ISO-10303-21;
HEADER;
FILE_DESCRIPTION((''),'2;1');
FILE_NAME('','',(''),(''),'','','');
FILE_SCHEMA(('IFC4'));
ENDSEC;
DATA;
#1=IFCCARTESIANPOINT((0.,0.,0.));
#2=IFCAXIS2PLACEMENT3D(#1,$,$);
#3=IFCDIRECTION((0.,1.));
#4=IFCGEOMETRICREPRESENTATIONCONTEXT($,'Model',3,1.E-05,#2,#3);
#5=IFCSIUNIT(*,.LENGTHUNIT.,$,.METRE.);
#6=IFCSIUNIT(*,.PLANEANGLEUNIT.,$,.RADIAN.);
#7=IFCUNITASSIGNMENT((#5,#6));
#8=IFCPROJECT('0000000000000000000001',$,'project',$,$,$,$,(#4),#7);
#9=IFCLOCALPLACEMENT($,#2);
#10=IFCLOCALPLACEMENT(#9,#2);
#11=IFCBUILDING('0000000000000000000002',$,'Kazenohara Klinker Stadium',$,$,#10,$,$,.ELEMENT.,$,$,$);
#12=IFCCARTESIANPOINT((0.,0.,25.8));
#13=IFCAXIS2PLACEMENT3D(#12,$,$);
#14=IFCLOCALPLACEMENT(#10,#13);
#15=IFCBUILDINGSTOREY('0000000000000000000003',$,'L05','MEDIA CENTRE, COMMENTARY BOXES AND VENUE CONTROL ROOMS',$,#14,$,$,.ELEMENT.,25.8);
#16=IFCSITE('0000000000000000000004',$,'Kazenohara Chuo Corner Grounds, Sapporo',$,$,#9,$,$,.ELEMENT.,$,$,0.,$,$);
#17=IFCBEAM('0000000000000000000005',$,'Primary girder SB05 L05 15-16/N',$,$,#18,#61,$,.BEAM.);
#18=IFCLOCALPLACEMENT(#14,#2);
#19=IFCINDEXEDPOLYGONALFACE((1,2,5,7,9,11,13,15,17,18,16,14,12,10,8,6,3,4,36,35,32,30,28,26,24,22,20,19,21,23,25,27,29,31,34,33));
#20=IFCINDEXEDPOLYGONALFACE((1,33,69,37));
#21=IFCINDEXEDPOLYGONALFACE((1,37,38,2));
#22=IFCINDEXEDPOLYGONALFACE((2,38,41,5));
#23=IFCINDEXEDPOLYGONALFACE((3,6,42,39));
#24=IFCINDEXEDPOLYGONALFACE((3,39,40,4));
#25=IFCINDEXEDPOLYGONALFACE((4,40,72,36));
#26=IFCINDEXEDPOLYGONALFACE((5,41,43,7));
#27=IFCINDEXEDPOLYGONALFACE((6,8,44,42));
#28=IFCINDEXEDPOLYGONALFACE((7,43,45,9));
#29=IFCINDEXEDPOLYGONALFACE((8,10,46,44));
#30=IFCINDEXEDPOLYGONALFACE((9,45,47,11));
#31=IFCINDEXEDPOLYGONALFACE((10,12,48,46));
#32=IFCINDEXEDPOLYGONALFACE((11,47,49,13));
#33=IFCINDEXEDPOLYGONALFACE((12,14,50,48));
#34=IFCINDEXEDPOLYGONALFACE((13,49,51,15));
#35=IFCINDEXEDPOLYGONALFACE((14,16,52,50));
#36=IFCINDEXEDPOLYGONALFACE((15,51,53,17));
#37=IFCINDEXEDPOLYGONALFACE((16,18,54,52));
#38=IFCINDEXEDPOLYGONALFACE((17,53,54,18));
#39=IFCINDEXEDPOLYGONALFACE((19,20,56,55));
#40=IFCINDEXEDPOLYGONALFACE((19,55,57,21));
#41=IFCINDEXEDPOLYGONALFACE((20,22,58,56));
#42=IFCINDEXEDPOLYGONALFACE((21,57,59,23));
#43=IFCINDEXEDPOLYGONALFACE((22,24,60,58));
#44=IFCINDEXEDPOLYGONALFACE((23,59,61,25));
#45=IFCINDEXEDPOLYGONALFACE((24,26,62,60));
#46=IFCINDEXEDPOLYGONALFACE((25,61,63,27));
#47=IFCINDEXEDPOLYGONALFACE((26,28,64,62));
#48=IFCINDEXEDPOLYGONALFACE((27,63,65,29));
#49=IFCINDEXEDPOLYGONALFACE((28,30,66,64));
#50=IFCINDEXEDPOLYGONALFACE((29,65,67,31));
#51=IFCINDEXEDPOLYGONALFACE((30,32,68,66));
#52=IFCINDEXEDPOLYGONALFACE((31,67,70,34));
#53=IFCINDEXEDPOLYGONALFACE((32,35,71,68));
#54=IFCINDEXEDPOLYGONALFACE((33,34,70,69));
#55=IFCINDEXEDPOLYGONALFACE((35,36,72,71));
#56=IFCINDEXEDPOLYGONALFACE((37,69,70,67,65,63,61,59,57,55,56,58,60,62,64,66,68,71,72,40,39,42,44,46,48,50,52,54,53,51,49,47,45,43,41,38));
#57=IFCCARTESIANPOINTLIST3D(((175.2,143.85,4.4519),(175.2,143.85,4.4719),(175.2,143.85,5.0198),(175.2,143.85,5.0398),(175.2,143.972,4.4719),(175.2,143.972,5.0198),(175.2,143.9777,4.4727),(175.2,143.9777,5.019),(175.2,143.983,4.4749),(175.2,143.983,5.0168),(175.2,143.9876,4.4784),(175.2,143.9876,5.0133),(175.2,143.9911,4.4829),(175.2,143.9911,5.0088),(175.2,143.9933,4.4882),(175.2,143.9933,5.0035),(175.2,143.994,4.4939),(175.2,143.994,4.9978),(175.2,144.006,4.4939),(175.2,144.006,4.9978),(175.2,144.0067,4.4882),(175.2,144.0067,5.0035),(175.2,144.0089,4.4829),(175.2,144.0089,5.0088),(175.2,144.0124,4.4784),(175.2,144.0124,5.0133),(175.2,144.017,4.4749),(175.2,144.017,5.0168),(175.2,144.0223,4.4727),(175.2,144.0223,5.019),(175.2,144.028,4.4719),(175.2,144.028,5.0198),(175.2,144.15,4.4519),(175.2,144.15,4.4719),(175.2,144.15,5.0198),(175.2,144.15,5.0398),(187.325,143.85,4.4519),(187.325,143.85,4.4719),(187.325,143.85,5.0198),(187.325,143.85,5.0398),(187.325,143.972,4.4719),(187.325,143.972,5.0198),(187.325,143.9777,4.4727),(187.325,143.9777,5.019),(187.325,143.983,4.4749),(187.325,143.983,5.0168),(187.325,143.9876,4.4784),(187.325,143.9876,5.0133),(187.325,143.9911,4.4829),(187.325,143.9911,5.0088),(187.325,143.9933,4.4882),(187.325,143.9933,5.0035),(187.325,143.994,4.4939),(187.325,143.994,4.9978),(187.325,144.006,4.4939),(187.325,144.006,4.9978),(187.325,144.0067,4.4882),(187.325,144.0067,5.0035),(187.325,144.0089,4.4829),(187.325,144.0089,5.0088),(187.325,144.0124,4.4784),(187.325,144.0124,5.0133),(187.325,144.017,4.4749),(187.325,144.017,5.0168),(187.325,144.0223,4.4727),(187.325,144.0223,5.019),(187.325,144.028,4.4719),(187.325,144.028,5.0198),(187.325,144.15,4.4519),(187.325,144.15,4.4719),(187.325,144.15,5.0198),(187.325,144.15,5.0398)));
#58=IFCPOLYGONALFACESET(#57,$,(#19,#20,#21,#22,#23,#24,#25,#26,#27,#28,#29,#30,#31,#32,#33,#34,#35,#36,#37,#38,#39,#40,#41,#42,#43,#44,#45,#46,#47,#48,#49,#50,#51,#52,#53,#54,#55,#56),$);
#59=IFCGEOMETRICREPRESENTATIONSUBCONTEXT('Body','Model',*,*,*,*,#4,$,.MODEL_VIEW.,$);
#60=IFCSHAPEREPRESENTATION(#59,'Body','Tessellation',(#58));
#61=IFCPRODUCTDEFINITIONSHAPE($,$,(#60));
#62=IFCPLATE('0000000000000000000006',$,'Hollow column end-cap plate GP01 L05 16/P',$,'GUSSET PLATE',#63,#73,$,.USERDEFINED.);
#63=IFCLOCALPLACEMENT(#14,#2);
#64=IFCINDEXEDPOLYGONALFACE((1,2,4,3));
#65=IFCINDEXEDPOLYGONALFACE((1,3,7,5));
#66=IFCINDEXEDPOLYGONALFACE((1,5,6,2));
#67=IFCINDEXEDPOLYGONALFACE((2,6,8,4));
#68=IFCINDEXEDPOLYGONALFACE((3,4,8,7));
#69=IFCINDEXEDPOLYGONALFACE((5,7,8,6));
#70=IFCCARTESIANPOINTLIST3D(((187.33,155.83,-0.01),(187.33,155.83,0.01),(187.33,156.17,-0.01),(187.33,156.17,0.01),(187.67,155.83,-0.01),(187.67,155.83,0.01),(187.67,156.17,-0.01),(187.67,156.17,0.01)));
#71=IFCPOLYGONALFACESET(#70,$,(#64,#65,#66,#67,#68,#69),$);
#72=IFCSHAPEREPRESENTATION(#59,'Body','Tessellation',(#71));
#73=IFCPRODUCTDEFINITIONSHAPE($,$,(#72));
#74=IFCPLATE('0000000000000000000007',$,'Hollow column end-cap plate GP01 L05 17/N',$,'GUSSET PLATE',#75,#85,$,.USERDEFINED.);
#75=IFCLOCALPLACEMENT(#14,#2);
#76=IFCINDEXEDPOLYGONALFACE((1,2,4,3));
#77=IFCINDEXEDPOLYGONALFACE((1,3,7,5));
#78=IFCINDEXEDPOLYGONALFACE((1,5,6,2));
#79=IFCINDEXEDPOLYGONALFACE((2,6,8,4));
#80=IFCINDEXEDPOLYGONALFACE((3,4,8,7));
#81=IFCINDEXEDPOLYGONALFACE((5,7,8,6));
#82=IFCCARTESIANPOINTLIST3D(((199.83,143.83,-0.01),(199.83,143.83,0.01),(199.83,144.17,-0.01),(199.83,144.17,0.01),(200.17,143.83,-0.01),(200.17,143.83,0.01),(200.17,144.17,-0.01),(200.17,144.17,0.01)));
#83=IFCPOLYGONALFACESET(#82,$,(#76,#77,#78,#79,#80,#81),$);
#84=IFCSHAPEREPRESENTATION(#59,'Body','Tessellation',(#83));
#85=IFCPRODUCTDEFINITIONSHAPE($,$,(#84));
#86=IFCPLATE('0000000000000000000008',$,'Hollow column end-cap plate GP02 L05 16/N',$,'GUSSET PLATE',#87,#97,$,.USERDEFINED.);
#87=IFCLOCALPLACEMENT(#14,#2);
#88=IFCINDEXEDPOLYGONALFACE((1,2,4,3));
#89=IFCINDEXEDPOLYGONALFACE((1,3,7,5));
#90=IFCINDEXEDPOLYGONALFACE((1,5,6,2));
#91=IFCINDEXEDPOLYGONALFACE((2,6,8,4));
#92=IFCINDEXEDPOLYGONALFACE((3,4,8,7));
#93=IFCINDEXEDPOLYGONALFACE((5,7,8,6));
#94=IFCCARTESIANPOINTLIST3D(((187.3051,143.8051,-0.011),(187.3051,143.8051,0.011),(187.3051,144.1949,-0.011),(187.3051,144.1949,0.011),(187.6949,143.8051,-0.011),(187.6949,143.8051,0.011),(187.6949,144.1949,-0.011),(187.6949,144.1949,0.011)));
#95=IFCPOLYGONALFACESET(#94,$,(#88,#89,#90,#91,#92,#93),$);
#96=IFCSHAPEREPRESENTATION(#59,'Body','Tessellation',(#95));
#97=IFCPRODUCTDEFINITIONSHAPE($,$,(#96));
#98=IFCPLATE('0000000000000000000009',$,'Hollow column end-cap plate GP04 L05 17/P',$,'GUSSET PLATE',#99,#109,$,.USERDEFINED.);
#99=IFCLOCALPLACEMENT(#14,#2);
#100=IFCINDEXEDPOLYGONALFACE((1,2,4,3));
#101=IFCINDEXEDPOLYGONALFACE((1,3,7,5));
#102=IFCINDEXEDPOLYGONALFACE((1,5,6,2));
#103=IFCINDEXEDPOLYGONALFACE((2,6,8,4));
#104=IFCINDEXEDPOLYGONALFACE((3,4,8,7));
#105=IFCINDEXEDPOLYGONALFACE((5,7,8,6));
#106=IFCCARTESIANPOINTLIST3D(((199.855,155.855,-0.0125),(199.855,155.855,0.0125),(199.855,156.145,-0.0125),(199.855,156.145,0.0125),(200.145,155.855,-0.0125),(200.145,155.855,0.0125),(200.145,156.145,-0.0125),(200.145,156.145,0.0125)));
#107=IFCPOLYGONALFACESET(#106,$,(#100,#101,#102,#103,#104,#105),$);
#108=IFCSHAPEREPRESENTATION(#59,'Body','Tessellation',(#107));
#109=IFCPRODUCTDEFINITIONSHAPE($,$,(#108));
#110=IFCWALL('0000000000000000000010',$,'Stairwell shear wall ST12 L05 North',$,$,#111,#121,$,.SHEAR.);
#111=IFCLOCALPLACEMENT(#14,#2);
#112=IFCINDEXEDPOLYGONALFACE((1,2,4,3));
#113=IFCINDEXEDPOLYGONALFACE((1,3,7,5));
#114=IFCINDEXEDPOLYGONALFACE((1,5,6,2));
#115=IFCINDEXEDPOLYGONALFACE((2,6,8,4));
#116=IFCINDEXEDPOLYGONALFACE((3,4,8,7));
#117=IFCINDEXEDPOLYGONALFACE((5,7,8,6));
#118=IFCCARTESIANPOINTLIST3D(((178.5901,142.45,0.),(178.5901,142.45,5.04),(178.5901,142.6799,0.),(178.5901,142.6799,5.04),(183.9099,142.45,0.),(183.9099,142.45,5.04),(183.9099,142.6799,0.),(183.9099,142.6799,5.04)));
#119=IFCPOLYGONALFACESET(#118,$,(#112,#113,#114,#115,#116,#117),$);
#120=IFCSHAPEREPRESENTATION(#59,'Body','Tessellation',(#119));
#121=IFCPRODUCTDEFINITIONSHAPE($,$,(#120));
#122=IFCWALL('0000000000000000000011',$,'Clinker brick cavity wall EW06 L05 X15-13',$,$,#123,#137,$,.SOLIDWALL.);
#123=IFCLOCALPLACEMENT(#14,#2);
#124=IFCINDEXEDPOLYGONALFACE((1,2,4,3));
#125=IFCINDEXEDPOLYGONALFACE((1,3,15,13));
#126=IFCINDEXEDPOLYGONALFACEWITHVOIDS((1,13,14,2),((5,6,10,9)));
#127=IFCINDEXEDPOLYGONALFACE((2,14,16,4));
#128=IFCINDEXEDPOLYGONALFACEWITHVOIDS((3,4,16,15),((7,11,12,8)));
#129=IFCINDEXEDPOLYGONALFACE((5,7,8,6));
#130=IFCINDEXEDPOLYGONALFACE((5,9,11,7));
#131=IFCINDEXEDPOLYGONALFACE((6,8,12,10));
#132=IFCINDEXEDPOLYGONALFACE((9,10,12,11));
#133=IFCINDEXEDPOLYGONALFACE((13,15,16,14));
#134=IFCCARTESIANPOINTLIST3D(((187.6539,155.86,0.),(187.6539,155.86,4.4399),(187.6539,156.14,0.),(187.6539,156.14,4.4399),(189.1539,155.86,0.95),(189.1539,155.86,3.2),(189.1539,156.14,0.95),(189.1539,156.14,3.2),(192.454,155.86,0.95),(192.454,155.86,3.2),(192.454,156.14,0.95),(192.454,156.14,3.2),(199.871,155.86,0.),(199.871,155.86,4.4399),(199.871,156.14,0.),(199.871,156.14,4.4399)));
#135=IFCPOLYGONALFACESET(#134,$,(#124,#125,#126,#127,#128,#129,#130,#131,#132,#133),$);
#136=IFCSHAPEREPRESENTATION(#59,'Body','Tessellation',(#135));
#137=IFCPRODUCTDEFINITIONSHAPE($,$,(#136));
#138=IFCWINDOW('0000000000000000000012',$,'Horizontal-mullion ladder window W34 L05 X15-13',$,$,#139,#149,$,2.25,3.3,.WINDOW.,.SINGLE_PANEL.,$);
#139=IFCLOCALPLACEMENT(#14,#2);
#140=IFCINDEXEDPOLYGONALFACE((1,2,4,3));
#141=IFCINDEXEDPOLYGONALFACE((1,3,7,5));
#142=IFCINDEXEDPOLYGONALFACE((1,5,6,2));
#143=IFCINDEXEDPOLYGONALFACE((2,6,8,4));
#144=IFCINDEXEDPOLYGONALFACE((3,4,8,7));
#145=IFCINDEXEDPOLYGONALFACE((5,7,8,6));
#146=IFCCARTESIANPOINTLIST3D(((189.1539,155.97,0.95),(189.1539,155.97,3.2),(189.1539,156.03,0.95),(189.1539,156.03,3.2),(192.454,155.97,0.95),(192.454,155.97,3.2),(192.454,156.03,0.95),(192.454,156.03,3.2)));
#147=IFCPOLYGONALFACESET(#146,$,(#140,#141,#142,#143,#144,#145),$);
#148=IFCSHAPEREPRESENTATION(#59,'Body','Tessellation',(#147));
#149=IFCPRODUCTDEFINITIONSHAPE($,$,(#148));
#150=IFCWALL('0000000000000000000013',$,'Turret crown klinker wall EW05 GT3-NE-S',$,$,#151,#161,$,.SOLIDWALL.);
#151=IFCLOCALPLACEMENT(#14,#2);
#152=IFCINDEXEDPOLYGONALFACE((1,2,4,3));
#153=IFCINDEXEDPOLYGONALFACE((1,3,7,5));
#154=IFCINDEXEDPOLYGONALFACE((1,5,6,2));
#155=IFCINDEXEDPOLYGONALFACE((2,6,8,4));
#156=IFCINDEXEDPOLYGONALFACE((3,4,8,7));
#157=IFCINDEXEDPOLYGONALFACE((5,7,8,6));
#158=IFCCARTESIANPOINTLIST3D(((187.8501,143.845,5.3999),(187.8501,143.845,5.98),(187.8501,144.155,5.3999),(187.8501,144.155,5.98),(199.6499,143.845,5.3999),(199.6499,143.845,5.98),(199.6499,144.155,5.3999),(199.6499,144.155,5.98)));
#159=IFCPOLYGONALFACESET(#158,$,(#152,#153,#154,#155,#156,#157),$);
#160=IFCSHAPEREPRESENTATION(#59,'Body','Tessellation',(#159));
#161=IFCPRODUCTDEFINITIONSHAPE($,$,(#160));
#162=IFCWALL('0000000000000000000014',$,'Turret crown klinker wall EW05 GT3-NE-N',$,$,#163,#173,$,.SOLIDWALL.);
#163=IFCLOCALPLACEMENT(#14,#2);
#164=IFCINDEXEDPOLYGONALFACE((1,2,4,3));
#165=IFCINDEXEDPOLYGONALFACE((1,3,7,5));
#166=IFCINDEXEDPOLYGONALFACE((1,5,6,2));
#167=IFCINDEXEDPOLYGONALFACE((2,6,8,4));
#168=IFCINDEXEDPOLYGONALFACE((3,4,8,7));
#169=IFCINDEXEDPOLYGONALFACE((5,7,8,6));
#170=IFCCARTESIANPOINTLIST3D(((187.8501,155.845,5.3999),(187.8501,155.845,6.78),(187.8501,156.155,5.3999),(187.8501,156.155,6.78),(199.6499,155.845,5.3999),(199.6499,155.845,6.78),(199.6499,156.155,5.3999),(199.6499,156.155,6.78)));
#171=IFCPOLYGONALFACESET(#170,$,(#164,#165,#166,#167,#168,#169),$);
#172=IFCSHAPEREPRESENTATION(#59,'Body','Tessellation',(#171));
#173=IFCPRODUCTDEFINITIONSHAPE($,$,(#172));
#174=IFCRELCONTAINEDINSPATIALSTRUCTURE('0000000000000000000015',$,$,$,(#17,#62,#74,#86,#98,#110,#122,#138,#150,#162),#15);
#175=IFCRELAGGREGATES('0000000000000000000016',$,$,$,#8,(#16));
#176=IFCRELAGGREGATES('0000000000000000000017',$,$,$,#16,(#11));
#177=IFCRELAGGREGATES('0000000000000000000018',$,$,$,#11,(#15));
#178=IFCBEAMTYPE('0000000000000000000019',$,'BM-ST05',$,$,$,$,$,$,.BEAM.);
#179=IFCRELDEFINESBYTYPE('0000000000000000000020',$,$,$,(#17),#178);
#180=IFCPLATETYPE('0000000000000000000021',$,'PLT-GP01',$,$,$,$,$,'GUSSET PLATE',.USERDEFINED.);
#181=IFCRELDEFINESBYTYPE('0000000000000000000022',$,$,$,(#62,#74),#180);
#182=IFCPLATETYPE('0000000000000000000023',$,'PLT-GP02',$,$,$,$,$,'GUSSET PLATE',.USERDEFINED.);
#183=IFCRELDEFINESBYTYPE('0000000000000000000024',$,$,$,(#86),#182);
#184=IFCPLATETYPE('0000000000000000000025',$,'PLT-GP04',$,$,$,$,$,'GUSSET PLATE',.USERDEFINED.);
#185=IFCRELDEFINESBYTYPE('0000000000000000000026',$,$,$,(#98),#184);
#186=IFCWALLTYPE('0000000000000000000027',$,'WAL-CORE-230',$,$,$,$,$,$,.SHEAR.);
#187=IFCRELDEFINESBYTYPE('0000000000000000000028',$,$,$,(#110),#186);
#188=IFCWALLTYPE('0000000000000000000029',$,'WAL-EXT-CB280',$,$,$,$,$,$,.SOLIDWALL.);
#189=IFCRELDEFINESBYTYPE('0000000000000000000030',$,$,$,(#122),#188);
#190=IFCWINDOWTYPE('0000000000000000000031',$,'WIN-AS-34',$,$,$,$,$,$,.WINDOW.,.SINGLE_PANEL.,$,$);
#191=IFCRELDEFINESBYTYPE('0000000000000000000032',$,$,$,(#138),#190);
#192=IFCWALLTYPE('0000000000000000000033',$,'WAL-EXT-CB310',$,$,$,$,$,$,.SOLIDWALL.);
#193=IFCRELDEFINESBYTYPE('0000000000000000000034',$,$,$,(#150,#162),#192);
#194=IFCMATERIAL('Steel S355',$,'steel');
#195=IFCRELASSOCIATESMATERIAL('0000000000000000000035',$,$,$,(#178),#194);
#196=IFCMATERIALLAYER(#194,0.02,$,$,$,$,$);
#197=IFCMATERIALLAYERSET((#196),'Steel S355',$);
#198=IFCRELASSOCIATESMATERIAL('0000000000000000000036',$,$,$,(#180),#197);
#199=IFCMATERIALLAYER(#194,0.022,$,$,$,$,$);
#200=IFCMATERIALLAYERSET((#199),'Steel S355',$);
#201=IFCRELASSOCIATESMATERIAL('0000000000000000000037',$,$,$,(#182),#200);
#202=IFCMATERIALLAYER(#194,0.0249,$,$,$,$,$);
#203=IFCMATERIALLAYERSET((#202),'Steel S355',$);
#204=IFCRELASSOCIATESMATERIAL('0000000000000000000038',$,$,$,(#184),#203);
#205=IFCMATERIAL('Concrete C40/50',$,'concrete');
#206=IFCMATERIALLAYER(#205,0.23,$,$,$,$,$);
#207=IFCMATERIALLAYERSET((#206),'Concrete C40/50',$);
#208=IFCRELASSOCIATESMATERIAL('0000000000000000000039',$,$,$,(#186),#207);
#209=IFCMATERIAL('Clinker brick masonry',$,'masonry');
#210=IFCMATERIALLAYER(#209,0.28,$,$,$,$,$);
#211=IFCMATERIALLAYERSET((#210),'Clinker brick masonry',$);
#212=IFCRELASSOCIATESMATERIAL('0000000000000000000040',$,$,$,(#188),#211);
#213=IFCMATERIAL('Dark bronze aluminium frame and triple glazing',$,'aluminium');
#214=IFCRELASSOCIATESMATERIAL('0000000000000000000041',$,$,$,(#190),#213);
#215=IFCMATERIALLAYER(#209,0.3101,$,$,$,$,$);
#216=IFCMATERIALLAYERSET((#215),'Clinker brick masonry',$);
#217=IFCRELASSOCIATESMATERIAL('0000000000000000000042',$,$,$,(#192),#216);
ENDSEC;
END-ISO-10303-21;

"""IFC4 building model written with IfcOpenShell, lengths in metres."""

from ifc_helpers import new_model, si_unit, direction, frame, frame_2d, origin, origin_2d, place, context, subcontext, project, spatial, rectangle, i_section, extrude, material, layer, layer_set, material_profile, profile_set, type_object, element, fill, save


model = new_model("IFC4")

# Units and contexts
model_context = context("Model", 3, precision=1e-05, world=origin(), true_north=direction((0.0, 1.0)))
body_context = subcontext(model_context, "Body", "Model", "MODEL_VIEW")
ifc_project = project(units=[si_unit("LENGTHUNIT", "METRE"), si_unit("PLANEANGLEUNIT", "RADIAN")], contexts=[model_context])

# Site, building, storey
site_placement = place(None, origin())
site = spatial("IfcSite", under=ifc_project, at=site_placement, Name="Kazenohara Chuo Corner Grounds, Sapporo", CompositionType="ELEMENT", RefElevation=0.0)
building_placement = place(site_placement, origin())
building = spatial("IfcBuilding", under=site, at=building_placement, Name="Kazenohara Klinker Stadium", CompositionType="ELEMENT")
storey_placement = place(building_placement, frame((0.0, 0.0, 25.8)))
storey = spatial("IfcBuildingStorey", under=building, at=storey_placement, Name="L05", Description="MEDIA CENTRE, COMMENTARY BOXES AND VENUE CONTROL ROOMS", CompositionType="ELEMENT", Elevation=25.8)

# Shared definitions
ifc_material_1 = material(Name="Steel S355", Category="steel")

# Beam
ifc_material_2 = material(Name="Concrete C40/50", Category="concrete")
ifc_material_profile_1 = material_profile(ifc_material_1, i_section(OverallWidth=0.3, OverallDepth=0.5879, WebThickness=0.012, FlangeThickness=0.02, FilletRadius=0.022, at=origin_2d()), Name="H-588x300x12x20")
ifc_profile_set_1 = profile_set([ifc_material_profile_1], Name="Steel S355")
beam_type_1 = type_object("IfcBeamType", Name="BM-ST05", PredefinedType="BEAM", material=ifc_profile_set_1)
beam_1_placement = place(storey_placement, frame((175.2, 144.0, 4.7458), z_axis=(1.0, 0.0, 0.0), x_axis=(0.0, 1.0, 0.0)))
element("IfcBeam", 1, at=beam_1_placement, inside=storey, type_object=beam_type_1, Name="Primary girder SB05 L05 15-16/N", PredefinedType="BEAM", context=body_context, shape_type="SweptSolid", body=[
    extrude(i_section(OverallWidth=0.3, OverallDepth=0.5879, WebThickness=0.012, FlangeThickness=0.02, FilletRadius=0.022, at=origin_2d()), origin(), (0.0, 0.0, 1.0), 12.125),
])

# Plates
ifc_layer_1 = layer(ifc_material_1, 0.02)
ifc_layer_set_1 = layer_set([ifc_layer_1], Name="Steel S355")
plate_type_1 = type_object("IfcPlateType", Name="PLT-GP01", ElementType="GUSSET PLATE", PredefinedType="USERDEFINED", material=ifc_layer_set_1)
for number, where, z_axis, x_axis, name in (
    (2, (187.5, 156.0, -0.01), (0.0, 0.0, 1.0), (1.0, 0.0, 0.0), "Hollow column end-cap plate GP01 L05 16/P"),
    (3, (200.0, 144.0, -0.01), (0.0, 0.0, 1.0), (1.0, 0.0, 0.0), "Hollow column end-cap plate GP01 L05 17/N"),
):
    element("IfcPlate", number, at=place(storey_placement, frame(where, z_axis=z_axis, x_axis=x_axis)), inside=storey, type_object=plate_type_1, Name=name, ObjectType="GUSSET PLATE", PredefinedType="USERDEFINED", context=body_context, shape_type="SweptSolid", body=[
        extrude(rectangle(XDim=0.3401, YDim=0.3401, at=origin_2d()), origin(), (0.0, 0.0, 1.0), 0.02),
    ])
ifc_layer_2 = layer(ifc_material_1, 0.022)
ifc_layer_set_2 = layer_set([ifc_layer_2], Name="Steel S355")
plate_type_2 = type_object("IfcPlateType", Name="PLT-GP02", ElementType="GUSSET PLATE", PredefinedType="USERDEFINED", material=ifc_layer_set_2)
plate_1_placement = place(storey_placement, frame((187.5, 144.0, -0.011), z_axis=(0.0, 0.0, 1.0), x_axis=(1.0, 0.0, 0.0)))
element("IfcPlate", 4, at=plate_1_placement, inside=storey, type_object=plate_type_2, Name="Hollow column end-cap plate GP02 L05 16/N", ObjectType="GUSSET PLATE", PredefinedType="USERDEFINED", context=body_context, shape_type="SweptSolid", body=[
    extrude(rectangle(XDim=0.3899, YDim=0.3899, at=origin_2d()), origin(), (0.0, 0.0, 1.0), 0.022),
])
ifc_layer_3 = layer(ifc_material_1, 0.0249)
ifc_layer_set_3 = layer_set([ifc_layer_3], Name="Steel S355")
plate_type_3 = type_object("IfcPlateType", Name="PLT-GP04", ElementType="GUSSET PLATE", PredefinedType="USERDEFINED", material=ifc_layer_set_3)
plate_2_placement = place(storey_placement, frame((200.0, 156.0, -0.0125), z_axis=(0.0, 0.0, 1.0), x_axis=(1.0, 0.0, 0.0)))
element("IfcPlate", 5, at=plate_2_placement, inside=storey, type_object=plate_type_3, Name="Hollow column end-cap plate GP04 L05 17/P", ObjectType="GUSSET PLATE", PredefinedType="USERDEFINED", context=body_context, shape_type="SweptSolid", body=[
    extrude(rectangle(XDim=0.29, YDim=0.29, at=origin_2d()), origin(), (0.0, 0.0, 1.0), 0.0249),
])

# Wall
ifc_layer_4 = layer(ifc_material_2, 0.23)
ifc_layer_set_4 = layer_set([ifc_layer_4], Name="Concrete C40/50")
wall_type_1 = type_object("IfcWallType", Name="WAL-CORE-230", PredefinedType="SHEAR", material=ifc_layer_set_4)
wall_1_placement = place(storey_placement, frame((178.5901, 142.5649, 0.0), z_axis=(0.0, 0.0, 1.0), x_axis=(1.0, 0.0, 0.0)))
element("IfcWall", 6, at=wall_1_placement, inside=storey, type_object=wall_type_1, Name="Stairwell shear wall ST12 L05 North", PredefinedType="SHEAR", context=body_context, shape_type="SweptSolid", body=[
    extrude(rectangle(XDim=5.3198, YDim=0.23, at=frame_2d((2.6599, 0.0))), origin(), (0.0, 0.0, 1.0), 5.04),
])

# Wall, opening, window
ifc_material_3 = material(Name="Clinker brick masonry", Category="masonry")
ifc_layer_5 = layer(ifc_material_3, 0.28)
ifc_layer_set_5 = layer_set([ifc_layer_5], Name="Clinker brick masonry")
wall_type_2 = type_object("IfcWallType", Name="WAL-EXT-CB280", PredefinedType="SOLIDWALL", material=ifc_layer_set_5)
wall_2_placement = place(storey_placement, frame((187.6541, 156.0, 0.0), z_axis=(0.0, 0.0, 1.0), x_axis=(1.0, 0.0, 0.0)))
wall_2 = element("IfcWall", 7, at=wall_2_placement, inside=storey, type_object=wall_type_2, Name="Clinker brick cavity wall EW06 L05 X15-13", PredefinedType="SOLIDWALL", context=body_context, shape_type="SweptSolid", body=[
    extrude(rectangle(XDim=12.217, YDim=0.28, at=frame_2d((6.1084, 0.0))), origin(), (0.0, 0.0, 1.0), 4.4399),
])
opening_1_placement = place(wall_2_placement, frame((1.5, 0.0, 0.95)))
opening_1 = element("IfcOpeningElement", 8, at=opening_1_placement, cuts=wall_2, PredefinedType="OPENING", context=body_context, shape_type="SweptSolid", body=[
    extrude(rectangle(XDim=3.3, YDim=2.25, at=frame_2d((1.6499, 1.125))), frame((0.0, 0.1499, 0.0), z_axis=(0.0, -1.0, 0.0), x_axis=(1.0, 0.0, 0.0)), (0.0, 0.0, 1.0), 0.3),
])
ifc_material_4 = material(Name="Dark bronze aluminium frame and triple glazing", Category="aluminium")
window_type_1 = type_object("IfcWindowType", Name="WIN-AS-34", PartitioningType="SINGLE_PANEL", PredefinedType="WINDOW", material=ifc_material_4)
window_1_placement = place(opening_1_placement, origin())
window_1 = element("IfcWindow", 9, at=window_1_placement, inside=storey, type_object=window_type_1, Name="Horizontal-mullion ladder window W34 L05 X15-13", OverallHeight=2.25, OverallWidth=3.3, PartitioningType="SINGLE_PANEL", PredefinedType="WINDOW", context=body_context, shape_type="SweptSolid", body=[
    extrude(rectangle(XDim=3.3, YDim=2.25, at=frame_2d((1.6499, 1.125))), frame((0.0, 0.03, 0.0), z_axis=(0.0, -1.0, 0.0), x_axis=(1.0, 0.0, 0.0)), (0.0, 0.0, 1.0), 0.0601),
])
fill(opening_1, window_1)

# Walls
ifc_layer_6 = layer(ifc_material_3, 0.3101)
ifc_layer_set_6 = layer_set([ifc_layer_6], Name="Clinker brick masonry")
wall_type_3 = type_object("IfcWallType", Name="WAL-EXT-CB310", PredefinedType="SOLIDWALL", material=ifc_layer_set_6)
wall_3_placement = place(storey_placement, frame((187.8501, 144.0, 5.3999), z_axis=(0.0, 0.0, 1.0), x_axis=(1.0, 0.0, 0.0)))
element("IfcWall", 10, at=wall_3_placement, inside=storey, type_object=wall_type_3, Name="Turret crown klinker wall EW05 GT3-NE-S", PredefinedType="SOLIDWALL", context=body_context, shape_type="SweptSolid", body=[
    extrude(rectangle(XDim=11.7998, YDim=0.3101, at=frame_2d((5.8999, 0.0))), origin(), (0.0, 0.0, 1.0), 0.5801),
])
wall_4_placement = place(storey_placement, frame((187.8501, 156.0, 5.3999), z_axis=(0.0, 0.0, 1.0), x_axis=(1.0, 0.0, 0.0)))
element("IfcWall", 11, at=wall_4_placement, inside=storey, type_object=wall_type_3, Name="Turret crown klinker wall EW05 GT3-NE-N", PredefinedType="SOLIDWALL", context=body_context, shape_type="SweptSolid", body=[
    extrude(rectangle(XDim=11.7998, YDim=0.3101, at=frame_2d((5.8999, 0.0))), origin(), (0.0, 0.0, 1.0), 1.3801),
])

save(model, "model.ifc")
